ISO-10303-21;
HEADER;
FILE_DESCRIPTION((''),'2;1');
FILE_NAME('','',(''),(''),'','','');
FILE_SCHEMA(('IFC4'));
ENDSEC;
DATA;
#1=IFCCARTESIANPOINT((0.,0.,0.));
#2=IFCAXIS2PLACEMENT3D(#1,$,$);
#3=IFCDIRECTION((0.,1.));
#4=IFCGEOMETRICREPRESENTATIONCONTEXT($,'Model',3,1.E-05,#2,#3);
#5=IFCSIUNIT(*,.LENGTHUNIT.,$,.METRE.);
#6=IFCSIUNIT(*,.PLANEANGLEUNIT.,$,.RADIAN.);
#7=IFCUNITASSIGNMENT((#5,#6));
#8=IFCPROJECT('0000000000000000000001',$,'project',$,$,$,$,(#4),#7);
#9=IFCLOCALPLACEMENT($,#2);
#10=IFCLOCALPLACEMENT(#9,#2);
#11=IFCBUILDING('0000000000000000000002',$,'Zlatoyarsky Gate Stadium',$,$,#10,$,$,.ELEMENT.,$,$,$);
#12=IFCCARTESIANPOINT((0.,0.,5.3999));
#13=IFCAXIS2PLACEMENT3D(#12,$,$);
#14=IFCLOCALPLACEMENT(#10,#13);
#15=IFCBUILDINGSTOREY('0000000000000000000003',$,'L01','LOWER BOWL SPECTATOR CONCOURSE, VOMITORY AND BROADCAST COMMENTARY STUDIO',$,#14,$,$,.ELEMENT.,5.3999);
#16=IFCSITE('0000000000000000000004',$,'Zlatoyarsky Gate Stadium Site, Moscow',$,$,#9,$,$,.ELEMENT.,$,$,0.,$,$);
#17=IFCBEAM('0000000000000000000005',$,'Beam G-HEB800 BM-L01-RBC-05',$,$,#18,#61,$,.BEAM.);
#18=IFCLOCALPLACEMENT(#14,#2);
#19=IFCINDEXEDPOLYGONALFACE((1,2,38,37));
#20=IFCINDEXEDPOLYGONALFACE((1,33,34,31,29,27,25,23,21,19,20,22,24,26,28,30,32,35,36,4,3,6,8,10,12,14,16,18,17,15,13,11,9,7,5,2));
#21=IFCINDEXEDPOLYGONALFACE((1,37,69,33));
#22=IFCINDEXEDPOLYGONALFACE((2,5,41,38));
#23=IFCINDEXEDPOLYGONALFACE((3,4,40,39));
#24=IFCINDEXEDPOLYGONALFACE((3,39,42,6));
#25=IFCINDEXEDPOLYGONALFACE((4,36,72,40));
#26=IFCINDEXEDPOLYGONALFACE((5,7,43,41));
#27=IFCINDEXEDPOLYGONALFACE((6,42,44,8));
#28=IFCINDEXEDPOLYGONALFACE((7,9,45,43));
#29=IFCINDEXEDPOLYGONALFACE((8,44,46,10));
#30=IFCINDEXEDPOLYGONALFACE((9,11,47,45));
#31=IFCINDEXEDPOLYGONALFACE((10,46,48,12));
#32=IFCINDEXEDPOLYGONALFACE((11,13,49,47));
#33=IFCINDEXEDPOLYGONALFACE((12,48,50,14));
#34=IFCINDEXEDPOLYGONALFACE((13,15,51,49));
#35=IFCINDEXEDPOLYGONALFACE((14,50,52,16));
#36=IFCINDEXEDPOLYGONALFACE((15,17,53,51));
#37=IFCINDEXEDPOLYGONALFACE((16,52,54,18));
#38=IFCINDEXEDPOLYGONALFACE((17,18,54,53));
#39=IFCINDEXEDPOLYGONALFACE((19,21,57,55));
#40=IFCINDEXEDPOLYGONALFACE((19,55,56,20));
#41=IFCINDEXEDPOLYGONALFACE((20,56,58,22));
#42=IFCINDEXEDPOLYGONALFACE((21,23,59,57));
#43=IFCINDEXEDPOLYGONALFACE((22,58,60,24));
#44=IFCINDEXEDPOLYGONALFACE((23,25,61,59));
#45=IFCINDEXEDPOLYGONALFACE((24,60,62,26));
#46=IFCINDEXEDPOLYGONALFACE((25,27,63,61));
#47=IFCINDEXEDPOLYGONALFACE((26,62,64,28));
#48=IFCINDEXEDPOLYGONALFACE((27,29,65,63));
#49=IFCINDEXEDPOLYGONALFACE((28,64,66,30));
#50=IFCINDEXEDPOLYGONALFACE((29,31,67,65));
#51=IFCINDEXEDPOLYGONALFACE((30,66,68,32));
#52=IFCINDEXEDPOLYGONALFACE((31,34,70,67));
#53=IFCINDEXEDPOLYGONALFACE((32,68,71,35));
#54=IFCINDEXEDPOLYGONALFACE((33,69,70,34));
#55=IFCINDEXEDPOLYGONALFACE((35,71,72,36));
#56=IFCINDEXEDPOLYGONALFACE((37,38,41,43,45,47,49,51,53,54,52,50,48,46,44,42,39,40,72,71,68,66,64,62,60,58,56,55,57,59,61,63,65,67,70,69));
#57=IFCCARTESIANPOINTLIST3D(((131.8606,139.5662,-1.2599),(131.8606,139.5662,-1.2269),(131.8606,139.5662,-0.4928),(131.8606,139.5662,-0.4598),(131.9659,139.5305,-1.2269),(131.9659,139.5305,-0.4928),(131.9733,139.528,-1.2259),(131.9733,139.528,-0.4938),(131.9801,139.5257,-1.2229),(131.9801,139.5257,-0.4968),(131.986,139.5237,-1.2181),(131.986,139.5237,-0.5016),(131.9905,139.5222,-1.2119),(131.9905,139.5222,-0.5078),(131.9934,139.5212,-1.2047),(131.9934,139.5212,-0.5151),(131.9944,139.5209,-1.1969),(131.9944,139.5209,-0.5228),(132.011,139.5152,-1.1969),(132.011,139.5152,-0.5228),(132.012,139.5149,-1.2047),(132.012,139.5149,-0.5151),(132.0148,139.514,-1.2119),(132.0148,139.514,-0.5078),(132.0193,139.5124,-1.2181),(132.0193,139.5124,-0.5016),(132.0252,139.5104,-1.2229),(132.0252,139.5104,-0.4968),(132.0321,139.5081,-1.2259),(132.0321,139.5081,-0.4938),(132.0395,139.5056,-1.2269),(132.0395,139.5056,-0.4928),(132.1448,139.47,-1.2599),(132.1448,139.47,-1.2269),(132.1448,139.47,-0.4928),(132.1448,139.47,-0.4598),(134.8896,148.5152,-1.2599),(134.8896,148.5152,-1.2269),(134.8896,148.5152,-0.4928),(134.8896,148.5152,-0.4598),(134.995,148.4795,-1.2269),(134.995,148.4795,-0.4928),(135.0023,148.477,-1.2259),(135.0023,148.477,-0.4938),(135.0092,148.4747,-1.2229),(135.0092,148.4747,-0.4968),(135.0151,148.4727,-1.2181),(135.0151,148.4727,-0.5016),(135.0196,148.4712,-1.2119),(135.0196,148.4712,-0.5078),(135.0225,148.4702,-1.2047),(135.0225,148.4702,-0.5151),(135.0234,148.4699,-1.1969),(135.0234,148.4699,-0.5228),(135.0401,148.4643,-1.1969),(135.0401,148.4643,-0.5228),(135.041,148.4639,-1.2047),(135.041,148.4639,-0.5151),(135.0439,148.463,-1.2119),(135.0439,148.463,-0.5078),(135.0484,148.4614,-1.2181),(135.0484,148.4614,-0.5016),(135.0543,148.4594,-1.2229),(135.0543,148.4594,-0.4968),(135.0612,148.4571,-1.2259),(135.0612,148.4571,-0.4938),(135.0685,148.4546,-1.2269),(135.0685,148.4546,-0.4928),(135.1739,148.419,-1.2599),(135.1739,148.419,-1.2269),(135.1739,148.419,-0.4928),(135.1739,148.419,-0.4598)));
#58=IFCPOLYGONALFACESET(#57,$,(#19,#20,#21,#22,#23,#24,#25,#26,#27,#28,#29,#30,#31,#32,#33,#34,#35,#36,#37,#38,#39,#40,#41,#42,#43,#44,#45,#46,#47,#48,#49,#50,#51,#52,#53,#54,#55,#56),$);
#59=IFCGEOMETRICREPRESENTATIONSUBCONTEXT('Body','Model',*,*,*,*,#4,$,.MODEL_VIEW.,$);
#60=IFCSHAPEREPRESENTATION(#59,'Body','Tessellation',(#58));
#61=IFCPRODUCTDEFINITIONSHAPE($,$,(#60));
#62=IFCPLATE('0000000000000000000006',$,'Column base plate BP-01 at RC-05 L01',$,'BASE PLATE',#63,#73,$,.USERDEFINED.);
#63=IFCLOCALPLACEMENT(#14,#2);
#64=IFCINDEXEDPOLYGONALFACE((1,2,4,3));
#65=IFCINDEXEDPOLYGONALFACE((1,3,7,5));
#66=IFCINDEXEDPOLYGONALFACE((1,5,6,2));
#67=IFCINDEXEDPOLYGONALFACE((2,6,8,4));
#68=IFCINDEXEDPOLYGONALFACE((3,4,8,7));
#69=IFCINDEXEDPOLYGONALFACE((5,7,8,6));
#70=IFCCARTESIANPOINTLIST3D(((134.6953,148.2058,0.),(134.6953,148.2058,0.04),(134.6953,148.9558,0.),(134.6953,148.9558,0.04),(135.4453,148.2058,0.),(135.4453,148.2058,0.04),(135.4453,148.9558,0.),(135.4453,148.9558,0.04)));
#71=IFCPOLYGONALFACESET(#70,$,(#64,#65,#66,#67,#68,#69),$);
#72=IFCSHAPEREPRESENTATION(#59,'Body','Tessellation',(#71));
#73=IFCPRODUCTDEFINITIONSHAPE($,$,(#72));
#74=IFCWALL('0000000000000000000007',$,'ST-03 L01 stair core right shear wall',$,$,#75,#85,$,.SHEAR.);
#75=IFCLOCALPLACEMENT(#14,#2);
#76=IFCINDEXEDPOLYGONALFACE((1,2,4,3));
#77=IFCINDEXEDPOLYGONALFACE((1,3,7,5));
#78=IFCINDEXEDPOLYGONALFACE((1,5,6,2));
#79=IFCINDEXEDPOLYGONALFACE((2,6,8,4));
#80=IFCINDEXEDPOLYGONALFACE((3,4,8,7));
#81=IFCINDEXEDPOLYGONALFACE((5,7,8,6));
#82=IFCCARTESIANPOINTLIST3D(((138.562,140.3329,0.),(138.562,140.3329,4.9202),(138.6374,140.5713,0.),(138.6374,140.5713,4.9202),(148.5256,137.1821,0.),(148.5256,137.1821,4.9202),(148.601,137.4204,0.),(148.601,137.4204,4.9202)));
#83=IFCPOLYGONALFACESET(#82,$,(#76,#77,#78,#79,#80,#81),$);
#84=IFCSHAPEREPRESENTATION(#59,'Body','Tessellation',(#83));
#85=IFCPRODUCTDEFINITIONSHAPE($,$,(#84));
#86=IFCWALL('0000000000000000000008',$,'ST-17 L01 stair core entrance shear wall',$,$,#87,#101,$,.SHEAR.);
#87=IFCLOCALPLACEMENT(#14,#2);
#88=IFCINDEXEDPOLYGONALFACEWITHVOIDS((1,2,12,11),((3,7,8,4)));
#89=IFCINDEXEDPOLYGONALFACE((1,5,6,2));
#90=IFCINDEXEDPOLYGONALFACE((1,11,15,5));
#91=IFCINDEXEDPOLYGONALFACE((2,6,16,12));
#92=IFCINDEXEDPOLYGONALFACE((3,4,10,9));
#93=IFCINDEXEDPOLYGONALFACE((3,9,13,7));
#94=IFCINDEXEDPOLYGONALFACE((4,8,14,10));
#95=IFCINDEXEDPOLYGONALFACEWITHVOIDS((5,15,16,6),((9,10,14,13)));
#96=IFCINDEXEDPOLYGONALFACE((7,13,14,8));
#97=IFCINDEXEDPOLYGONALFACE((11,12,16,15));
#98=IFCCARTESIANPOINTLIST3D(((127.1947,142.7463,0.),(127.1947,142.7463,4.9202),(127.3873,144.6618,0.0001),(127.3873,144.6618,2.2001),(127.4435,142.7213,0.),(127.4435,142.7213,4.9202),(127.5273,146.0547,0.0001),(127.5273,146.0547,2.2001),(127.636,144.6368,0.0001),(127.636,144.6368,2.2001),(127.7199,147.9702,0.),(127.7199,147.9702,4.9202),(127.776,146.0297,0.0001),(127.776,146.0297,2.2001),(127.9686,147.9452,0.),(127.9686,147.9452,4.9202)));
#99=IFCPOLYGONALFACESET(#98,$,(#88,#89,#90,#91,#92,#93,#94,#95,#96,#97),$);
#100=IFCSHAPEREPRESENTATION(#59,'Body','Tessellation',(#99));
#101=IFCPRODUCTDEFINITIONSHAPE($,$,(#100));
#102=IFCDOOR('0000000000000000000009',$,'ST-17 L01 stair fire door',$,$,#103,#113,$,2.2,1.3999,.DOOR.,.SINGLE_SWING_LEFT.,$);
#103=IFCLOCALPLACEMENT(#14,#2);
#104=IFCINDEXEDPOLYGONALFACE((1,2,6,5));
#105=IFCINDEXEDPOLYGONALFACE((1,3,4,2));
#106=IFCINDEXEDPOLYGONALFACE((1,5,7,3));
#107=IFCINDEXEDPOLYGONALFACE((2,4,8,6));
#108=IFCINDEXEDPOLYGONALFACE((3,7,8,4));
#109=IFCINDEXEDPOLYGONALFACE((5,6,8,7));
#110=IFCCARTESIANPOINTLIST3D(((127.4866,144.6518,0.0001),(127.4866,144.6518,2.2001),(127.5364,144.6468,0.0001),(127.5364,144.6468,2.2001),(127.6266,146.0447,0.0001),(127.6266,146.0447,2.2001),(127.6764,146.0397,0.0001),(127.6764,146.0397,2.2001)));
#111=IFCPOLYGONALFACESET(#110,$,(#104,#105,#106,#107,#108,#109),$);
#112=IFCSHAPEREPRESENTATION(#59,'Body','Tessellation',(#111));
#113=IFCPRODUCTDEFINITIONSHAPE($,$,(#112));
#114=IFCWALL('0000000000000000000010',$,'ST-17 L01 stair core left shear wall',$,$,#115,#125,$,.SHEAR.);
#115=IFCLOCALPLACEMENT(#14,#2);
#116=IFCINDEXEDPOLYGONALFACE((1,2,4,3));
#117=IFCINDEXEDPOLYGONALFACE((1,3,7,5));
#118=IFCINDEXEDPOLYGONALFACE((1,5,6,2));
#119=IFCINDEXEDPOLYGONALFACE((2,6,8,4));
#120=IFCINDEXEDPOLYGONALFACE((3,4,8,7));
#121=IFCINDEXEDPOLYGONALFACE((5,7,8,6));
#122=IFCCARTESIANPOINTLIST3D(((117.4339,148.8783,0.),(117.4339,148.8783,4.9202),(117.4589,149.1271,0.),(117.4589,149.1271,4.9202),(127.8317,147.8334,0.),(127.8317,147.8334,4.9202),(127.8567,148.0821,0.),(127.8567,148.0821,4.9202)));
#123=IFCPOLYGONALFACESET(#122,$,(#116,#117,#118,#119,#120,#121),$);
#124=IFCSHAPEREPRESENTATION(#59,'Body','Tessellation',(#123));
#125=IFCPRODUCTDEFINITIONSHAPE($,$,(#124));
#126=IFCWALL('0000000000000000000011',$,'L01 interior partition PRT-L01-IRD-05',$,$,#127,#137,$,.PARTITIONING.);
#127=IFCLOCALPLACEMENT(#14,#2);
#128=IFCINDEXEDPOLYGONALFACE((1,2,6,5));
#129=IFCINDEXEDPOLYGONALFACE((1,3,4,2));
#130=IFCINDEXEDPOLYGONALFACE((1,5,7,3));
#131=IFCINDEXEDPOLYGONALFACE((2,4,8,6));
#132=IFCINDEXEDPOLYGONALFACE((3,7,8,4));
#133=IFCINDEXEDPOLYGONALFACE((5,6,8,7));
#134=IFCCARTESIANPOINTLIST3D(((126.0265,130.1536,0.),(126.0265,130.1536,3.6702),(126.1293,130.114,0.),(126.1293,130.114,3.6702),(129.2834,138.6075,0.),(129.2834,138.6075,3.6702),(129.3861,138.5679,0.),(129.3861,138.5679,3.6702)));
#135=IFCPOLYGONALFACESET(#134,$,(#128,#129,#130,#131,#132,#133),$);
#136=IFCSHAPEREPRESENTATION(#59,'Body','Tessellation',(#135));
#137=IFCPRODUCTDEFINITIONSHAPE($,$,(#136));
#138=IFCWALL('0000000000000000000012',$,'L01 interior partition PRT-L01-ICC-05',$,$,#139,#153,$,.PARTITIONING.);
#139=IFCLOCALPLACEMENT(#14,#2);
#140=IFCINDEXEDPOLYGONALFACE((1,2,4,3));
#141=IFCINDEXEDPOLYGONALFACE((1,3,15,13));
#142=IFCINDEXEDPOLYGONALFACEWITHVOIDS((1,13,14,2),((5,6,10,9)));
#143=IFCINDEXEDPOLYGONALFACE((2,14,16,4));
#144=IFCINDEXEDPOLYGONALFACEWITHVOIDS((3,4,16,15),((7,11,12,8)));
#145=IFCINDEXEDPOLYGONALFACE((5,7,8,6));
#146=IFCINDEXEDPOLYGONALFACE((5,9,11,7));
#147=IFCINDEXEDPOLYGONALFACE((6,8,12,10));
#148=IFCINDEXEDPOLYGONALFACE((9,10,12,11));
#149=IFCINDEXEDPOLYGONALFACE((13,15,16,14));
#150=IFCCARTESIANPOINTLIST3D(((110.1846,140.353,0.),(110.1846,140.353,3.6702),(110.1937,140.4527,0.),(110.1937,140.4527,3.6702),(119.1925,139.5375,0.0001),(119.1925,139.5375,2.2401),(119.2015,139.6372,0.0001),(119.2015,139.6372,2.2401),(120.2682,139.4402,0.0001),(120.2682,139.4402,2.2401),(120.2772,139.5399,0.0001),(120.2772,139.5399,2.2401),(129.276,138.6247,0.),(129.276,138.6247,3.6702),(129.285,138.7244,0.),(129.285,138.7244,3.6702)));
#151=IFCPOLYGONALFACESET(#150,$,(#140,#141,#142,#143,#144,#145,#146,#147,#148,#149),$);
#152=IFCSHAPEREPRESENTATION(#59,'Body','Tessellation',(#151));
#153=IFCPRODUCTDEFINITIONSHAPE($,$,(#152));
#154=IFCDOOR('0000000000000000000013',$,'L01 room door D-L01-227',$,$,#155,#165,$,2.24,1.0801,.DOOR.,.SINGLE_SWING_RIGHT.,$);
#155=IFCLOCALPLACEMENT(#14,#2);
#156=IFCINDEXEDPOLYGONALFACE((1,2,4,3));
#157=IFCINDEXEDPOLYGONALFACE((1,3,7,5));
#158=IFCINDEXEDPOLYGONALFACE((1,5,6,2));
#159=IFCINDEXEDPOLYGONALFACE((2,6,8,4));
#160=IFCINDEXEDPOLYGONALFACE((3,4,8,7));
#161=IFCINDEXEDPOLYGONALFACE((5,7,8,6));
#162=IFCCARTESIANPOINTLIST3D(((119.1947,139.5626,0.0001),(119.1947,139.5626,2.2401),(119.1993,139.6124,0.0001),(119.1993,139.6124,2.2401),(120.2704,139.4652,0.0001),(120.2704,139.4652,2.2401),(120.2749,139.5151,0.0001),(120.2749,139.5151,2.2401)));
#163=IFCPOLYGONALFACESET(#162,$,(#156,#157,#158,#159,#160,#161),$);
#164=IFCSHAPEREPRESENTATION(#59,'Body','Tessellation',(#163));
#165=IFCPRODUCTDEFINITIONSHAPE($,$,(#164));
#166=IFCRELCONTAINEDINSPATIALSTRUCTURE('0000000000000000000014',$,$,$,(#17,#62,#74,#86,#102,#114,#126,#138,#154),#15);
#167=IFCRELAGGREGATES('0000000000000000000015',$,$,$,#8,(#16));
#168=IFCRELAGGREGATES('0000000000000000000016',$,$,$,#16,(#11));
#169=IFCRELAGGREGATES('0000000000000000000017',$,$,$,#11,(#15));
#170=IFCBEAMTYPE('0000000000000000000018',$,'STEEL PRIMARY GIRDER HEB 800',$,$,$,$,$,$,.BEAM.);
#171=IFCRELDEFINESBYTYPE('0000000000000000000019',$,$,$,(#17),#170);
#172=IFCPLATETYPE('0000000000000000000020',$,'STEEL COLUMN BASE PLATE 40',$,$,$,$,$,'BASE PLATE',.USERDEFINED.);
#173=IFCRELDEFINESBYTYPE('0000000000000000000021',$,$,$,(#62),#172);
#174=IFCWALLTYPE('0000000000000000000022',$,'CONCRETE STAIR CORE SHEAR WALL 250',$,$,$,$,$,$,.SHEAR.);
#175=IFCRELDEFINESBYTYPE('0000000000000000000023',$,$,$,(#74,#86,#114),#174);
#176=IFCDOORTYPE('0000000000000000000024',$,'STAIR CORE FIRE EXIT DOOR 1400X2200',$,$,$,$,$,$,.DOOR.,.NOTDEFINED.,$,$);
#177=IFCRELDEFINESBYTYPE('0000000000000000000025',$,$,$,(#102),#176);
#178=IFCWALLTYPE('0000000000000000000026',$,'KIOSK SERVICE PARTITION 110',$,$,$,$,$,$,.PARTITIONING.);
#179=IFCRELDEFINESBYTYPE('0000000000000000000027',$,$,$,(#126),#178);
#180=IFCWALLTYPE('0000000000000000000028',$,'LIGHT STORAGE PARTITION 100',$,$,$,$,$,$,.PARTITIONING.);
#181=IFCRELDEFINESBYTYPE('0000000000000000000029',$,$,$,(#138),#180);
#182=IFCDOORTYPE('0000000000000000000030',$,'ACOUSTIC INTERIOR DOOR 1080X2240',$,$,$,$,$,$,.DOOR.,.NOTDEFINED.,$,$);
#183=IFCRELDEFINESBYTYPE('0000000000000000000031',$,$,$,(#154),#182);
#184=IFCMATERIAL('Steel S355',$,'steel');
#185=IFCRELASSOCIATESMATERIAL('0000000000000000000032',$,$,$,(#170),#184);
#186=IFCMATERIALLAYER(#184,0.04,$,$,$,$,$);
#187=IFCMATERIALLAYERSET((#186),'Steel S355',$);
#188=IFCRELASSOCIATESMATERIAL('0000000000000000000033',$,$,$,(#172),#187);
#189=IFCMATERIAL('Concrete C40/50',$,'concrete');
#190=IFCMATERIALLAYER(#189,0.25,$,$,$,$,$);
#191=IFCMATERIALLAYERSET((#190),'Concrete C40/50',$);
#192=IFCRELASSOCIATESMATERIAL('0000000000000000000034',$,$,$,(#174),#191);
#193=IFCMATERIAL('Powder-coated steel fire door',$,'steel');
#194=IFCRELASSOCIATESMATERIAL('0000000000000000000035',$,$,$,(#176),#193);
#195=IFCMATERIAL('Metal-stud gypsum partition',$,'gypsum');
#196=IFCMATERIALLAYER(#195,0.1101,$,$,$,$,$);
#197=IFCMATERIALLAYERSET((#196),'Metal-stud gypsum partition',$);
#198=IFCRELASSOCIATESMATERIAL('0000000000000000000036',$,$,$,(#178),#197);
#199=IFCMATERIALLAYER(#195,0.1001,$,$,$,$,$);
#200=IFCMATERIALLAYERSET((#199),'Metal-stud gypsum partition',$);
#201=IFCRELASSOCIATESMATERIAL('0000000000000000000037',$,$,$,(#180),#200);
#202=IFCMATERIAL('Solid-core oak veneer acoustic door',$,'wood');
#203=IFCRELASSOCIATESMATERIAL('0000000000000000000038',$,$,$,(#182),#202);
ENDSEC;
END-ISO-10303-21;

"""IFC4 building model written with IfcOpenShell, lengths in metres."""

from ifc_helpers import new_model, si_unit, direction, frame, frame_2d, origin, origin_2d, place, context, subcontext, project, spatial, rectangle, i_section, extrude, material, layer, layer_set, material_profile, profile_set, type_object, element, fill, save


model = new_model("IFC4")

# Units and contexts
model_context = context("Model", 3, precision=1e-05, world=origin(), true_north=direction((0.0, 1.0)))
body_context = subcontext(model_context, "Body", "Model", "MODEL_VIEW")
ifc_project = project(units=[si_unit("LENGTHUNIT", "METRE"), si_unit("PLANEANGLEUNIT", "RADIAN")], contexts=[model_context])

# Site, building, storey
site_placement = place(None, origin())
site = spatial("IfcSite", under=ifc_project, at=site_placement, Name="Zlatoyarsky Gate Stadium Site, Moscow", CompositionType="ELEMENT", RefElevation=0.0)
building_placement = place(site_placement, origin())
building = spatial("IfcBuilding", under=site, at=building_placement, Name="Zlatoyarsky Gate Stadium", CompositionType="ELEMENT")
storey_placement = place(building_placement, frame((0.0, 0.0, 5.3999)))
storey = spatial("IfcBuildingStorey", under=building, at=storey_placement, Name="L01", Description="LOWER BOWL SPECTATOR CONCOURSE, VOMITORY AND BROADCAST COMMENTARY STUDIO", CompositionType="ELEMENT", Elevation=5.3999)

# Shared definitions
ifc_material_1 = material(Name="Concrete C40/50", Category="concrete")
ifc_material_2 = material(Name="Steel S355", Category="steel")

# Beam
ifc_material_profile_1 = material_profile(ifc_material_2, i_section(OverallWidth=0.3, OverallDepth=0.8, WebThickness=0.0176, FlangeThickness=0.033, FilletRadius=0.03, at=origin_2d()), Name="HEB 800")
ifc_profile_set_1 = profile_set([ifc_material_profile_1], Name="Steel S355")
beam_type_1 = type_object("IfcBeamType", Name="STEEL PRIMARY GIRDER HEB 800", PredefinedType="BEAM", material=ifc_profile_set_1)
beam_1_placement = place(storey_placement, frame((132.0027, 139.5181, -0.8599), z_axis=(0.320612, 0.947211, 0.0), x_axis=(-0.947211, 0.320612, 0.0)))
element("IfcBeam", 1, at=beam_1_placement, inside=storey, type_object=beam_type_1, Name="Beam G-HEB800 BM-L01-RBC-05", PredefinedType="BEAM", context=body_context, shape_type="SweptSolid", body=[
    extrude(i_section(OverallWidth=0.3, OverallDepth=0.8, WebThickness=0.0176, FlangeThickness=0.033, FilletRadius=0.03, at=origin_2d()), origin(), (0.0, 0.0, 1.0), 9.4478),
])

# Plate
ifc_layer_1 = layer(ifc_material_2, 0.04)
ifc_layer_set_1 = layer_set([ifc_layer_1], Name="Steel S355")
plate_type = type_object("IfcPlateType", Name="STEEL COLUMN BASE PLATE 40", ElementType="BASE PLATE", PredefinedType="USERDEFINED", material=ifc_layer_set_1)
plate_placement = place(storey_placement, frame((135.0703, 148.5808, 0.0), z_axis=(0.0, 0.0, 1.0), x_axis=(1.0, 0.0, 0.0)))
element("IfcPlate", 2, at=plate_placement, inside=storey, type_object=plate_type, Name="Column base plate BP-01 at RC-05 L01", ObjectType="BASE PLATE", PredefinedType="USERDEFINED", context=body_context, shape_type="SweptSolid", body=[
    extrude(rectangle(XDim=0.75, YDim=0.75, at=origin_2d()), origin(), (0.0, 0.0, 1.0), 0.04),
])

# Wall
ifc_layer_2 = layer(ifc_material_1, 0.25)
ifc_layer_set_2 = layer_set([ifc_layer_2], Name="Concrete C40/50")
wall_type_1 = type_object("IfcWallType", Name="CONCRETE STAIR CORE SHEAR WALL 250", PredefinedType="SHEAR", material=ifc_layer_set_2)
wall_1_placement = place(storey_placement, frame((138.5996, 140.4521, 0.0), z_axis=(0.0, 0.0, 1.0), x_axis=(0.95346, -0.30152, 0.0)))
element("IfcWall", 3, at=wall_1_placement, inside=storey, type_object=wall_type_1, Name="ST-03 L01 stair core right shear wall", PredefinedType="SHEAR", context=body_context, shape_type="SweptSolid", body=[
    extrude(rectangle(XDim=10.45, YDim=0.25, at=frame_2d((5.2251, 0.0))), origin(), (0.0, 0.0, 1.0), 4.9202),
])

# Wall, opening, door
wall_2_placement = place(storey_placement, frame((127.3191, 142.7339, 0.0), z_axis=(0.0, 0.0, 1.0), x_axis=(0.100024, 0.994985, 0.0)))
wall_2 = element("IfcWall", 4, at=wall_2_placement, inside=storey, type_object=wall_type_1, Name="ST-17 L01 stair core entrance shear wall", PredefinedType="SHEAR", context=body_context, shape_type="SweptSolid", body=[
    extrude(rectangle(XDim=5.2502, YDim=0.25, at=frame_2d((2.625, 0.0))), origin(), (0.0, 0.0, 1.0), 4.9202),
])
opening_1_placement = place(wall_2_placement, frame((1.925, 0.0, 0.0)))
opening_1 = element("IfcOpeningElement", 5, at=opening_1_placement, cuts=wall_2, PredefinedType="OPENING", context=body_context, shape_type="SweptSolid", body=[
    extrude(rectangle(XDim=1.3999, YDim=2.2, at=frame_2d((0.7, 1.1001))), frame((0.0, 0.135, 0.0), z_axis=(0.0, -1.0, 0.0), x_axis=(1.0, 0.0, 0.0)), (0.0, 0.0, 1.0), 0.27),
])
ifc_material_3 = material(Name="Powder-coated steel fire door", Category="steel")
door_type_1 = type_object("IfcDoorType", Name="STAIR CORE FIRE EXIT DOOR 1400X2200", OperationType="NOTDEFINED", PredefinedType="DOOR", material=ifc_material_3)
door_1_placement = place(opening_1_placement, frame((1.3999, 0.0, 0.0), z_axis=(0.0, 0.0, 1.0), x_axis=(-1.0, 0.0, 0.0)))
door_1 = element("IfcDoor", 6, at=door_1_placement, inside=storey, type_object=door_type_1, Name="ST-17 L01 stair fire door", OperationType="SINGLE_SWING_LEFT", OverallHeight=2.2, OverallWidth=1.3999, PredefinedType="DOOR", context=body_context, shape_type="SweptSolid", body=[
    extrude(rectangle(XDim=1.3999, YDim=2.2, at=frame_2d((0.7, 1.1001))), frame((0.0, 0.0249, 0.0), z_axis=(0.0, -1.0, 0.0), x_axis=(1.0, 0.0, 0.0)), (0.0, 0.0, 1.0), 0.05),
])
fill(opening_1, door_1)

# Walls
wall_3_placement = place(storey_placement, frame((127.8442, 147.9578, 0.0), z_axis=(0.0, 0.0, 1.0), x_axis=(-0.994988, 0.099992, 0.0)))
element("IfcWall", 7, at=wall_3_placement, inside=storey, type_object=wall_type_1, Name="ST-17 L01 stair core left shear wall", PredefinedType="SHEAR", context=body_context, shape_type="SweptSolid", body=[
    extrude(rectangle(XDim=10.4502, YDim=0.25, at=frame_2d((5.2251, 0.0))), origin(), (0.0, 0.0, 1.0), 4.9202),
])
ifc_material_4 = material(Name="Metal-stud gypsum partition", Category="gypsum")
ifc_layer_3 = layer(ifc_material_4, 0.1101)
ifc_layer_set_3 = layer_set([ifc_layer_3], Name="Metal-stud gypsum partition")
wall_type_2 = type_object("IfcWallType", Name="KIOSK SERVICE PARTITION 110", PredefinedType="PARTITIONING", material=ifc_layer_set_3)
wall_4_placement = place(storey_placement, frame((126.0779, 130.1338, 0.0), z_axis=(0.0, 0.0, 1.0), x_axis=(0.359494, 0.933148, 0.0)))
element("IfcWall", 8, at=wall_4_placement, inside=storey, type_object=wall_type_2, Name="L01 interior partition PRT-L01-IRD-05", PredefinedType="PARTITIONING", context=body_context, shape_type="SweptSolid", body=[
    extrude(rectangle(XDim=9.0596, YDim=0.1101, at=frame_2d((4.5298, 0.0))), origin(), (0.0, 0.0, 1.0), 3.6702),
])

# Wall, opening, door
ifc_layer_4 = layer(ifc_material_4, 0.1001)
ifc_layer_set_4 = layer_set([ifc_layer_4], Name="Metal-stud gypsum partition")
wall_type_3 = type_object("IfcWallType", Name="LIGHT STORAGE PARTITION 100", PredefinedType="PARTITIONING", material=ifc_layer_set_4)
wall_5_placement = place(storey_placement, frame((129.2805, 138.6746, 0.0), z_axis=(0.0, 0.0, 1.0), x_axis=(-0.995927, 0.090158, 0.0)))
wall_5 = element("IfcWall", 9, at=wall_5_placement, inside=storey, type_object=wall_type_3, Name="L01 interior partition PRT-L01-ICC-05", PredefinedType="PARTITIONING", context=body_context, shape_type="SweptSolid", body=[
    extrude(rectangle(XDim=19.1694, YDim=0.1001, at=frame_2d((9.5847, 0.0))), origin(), (0.0, 0.0, 1.0), 3.6702),
])
opening_2_placement = place(wall_5_placement, frame((9.0447, 0.0, 0.0)))
opening_2 = element("IfcOpeningElement", 10, at=opening_2_placement, cuts=wall_5, PredefinedType="OPENING", context=body_context, shape_type="SweptSolid", body=[
    extrude(rectangle(XDim=1.0801, YDim=2.24, at=frame_2d((0.54, 1.1201))), frame((0.0, 0.0601, 0.0), z_axis=(0.0, -1.0, 0.0), x_axis=(1.0, 0.0, 0.0)), (0.0, 0.0, 1.0), 0.1201),
])
ifc_material_5 = material(Name="Solid-core oak veneer acoustic door", Category="wood")
door_type_2 = type_object("IfcDoorType", Name="ACOUSTIC INTERIOR DOOR 1080X2240", OperationType="NOTDEFINED", PredefinedType="DOOR", material=ifc_material_5)
door_2_placement = place(opening_2_placement, origin())
door_2 = element("IfcDoor", 11, at=door_2_placement, inside=storey, type_object=door_type_2, Name="L01 room door D-L01-227", OperationType="SINGLE_SWING_RIGHT", OverallHeight=2.24, OverallWidth=1.0801, PredefinedType="DOOR", context=body_context, shape_type="SweptSolid", body=[
    extrude(rectangle(XDim=1.0801, YDim=2.24, at=frame_2d((0.54, 1.1201))), frame((0.0, 0.0249, 0.0), z_axis=(0.0, -1.0, 0.0), x_axis=(1.0, 0.0, 0.0)), (0.0, 0.0, 1.0), 0.05),
])
fill(opening_2, door_2)

save(model, "model.ifc")
